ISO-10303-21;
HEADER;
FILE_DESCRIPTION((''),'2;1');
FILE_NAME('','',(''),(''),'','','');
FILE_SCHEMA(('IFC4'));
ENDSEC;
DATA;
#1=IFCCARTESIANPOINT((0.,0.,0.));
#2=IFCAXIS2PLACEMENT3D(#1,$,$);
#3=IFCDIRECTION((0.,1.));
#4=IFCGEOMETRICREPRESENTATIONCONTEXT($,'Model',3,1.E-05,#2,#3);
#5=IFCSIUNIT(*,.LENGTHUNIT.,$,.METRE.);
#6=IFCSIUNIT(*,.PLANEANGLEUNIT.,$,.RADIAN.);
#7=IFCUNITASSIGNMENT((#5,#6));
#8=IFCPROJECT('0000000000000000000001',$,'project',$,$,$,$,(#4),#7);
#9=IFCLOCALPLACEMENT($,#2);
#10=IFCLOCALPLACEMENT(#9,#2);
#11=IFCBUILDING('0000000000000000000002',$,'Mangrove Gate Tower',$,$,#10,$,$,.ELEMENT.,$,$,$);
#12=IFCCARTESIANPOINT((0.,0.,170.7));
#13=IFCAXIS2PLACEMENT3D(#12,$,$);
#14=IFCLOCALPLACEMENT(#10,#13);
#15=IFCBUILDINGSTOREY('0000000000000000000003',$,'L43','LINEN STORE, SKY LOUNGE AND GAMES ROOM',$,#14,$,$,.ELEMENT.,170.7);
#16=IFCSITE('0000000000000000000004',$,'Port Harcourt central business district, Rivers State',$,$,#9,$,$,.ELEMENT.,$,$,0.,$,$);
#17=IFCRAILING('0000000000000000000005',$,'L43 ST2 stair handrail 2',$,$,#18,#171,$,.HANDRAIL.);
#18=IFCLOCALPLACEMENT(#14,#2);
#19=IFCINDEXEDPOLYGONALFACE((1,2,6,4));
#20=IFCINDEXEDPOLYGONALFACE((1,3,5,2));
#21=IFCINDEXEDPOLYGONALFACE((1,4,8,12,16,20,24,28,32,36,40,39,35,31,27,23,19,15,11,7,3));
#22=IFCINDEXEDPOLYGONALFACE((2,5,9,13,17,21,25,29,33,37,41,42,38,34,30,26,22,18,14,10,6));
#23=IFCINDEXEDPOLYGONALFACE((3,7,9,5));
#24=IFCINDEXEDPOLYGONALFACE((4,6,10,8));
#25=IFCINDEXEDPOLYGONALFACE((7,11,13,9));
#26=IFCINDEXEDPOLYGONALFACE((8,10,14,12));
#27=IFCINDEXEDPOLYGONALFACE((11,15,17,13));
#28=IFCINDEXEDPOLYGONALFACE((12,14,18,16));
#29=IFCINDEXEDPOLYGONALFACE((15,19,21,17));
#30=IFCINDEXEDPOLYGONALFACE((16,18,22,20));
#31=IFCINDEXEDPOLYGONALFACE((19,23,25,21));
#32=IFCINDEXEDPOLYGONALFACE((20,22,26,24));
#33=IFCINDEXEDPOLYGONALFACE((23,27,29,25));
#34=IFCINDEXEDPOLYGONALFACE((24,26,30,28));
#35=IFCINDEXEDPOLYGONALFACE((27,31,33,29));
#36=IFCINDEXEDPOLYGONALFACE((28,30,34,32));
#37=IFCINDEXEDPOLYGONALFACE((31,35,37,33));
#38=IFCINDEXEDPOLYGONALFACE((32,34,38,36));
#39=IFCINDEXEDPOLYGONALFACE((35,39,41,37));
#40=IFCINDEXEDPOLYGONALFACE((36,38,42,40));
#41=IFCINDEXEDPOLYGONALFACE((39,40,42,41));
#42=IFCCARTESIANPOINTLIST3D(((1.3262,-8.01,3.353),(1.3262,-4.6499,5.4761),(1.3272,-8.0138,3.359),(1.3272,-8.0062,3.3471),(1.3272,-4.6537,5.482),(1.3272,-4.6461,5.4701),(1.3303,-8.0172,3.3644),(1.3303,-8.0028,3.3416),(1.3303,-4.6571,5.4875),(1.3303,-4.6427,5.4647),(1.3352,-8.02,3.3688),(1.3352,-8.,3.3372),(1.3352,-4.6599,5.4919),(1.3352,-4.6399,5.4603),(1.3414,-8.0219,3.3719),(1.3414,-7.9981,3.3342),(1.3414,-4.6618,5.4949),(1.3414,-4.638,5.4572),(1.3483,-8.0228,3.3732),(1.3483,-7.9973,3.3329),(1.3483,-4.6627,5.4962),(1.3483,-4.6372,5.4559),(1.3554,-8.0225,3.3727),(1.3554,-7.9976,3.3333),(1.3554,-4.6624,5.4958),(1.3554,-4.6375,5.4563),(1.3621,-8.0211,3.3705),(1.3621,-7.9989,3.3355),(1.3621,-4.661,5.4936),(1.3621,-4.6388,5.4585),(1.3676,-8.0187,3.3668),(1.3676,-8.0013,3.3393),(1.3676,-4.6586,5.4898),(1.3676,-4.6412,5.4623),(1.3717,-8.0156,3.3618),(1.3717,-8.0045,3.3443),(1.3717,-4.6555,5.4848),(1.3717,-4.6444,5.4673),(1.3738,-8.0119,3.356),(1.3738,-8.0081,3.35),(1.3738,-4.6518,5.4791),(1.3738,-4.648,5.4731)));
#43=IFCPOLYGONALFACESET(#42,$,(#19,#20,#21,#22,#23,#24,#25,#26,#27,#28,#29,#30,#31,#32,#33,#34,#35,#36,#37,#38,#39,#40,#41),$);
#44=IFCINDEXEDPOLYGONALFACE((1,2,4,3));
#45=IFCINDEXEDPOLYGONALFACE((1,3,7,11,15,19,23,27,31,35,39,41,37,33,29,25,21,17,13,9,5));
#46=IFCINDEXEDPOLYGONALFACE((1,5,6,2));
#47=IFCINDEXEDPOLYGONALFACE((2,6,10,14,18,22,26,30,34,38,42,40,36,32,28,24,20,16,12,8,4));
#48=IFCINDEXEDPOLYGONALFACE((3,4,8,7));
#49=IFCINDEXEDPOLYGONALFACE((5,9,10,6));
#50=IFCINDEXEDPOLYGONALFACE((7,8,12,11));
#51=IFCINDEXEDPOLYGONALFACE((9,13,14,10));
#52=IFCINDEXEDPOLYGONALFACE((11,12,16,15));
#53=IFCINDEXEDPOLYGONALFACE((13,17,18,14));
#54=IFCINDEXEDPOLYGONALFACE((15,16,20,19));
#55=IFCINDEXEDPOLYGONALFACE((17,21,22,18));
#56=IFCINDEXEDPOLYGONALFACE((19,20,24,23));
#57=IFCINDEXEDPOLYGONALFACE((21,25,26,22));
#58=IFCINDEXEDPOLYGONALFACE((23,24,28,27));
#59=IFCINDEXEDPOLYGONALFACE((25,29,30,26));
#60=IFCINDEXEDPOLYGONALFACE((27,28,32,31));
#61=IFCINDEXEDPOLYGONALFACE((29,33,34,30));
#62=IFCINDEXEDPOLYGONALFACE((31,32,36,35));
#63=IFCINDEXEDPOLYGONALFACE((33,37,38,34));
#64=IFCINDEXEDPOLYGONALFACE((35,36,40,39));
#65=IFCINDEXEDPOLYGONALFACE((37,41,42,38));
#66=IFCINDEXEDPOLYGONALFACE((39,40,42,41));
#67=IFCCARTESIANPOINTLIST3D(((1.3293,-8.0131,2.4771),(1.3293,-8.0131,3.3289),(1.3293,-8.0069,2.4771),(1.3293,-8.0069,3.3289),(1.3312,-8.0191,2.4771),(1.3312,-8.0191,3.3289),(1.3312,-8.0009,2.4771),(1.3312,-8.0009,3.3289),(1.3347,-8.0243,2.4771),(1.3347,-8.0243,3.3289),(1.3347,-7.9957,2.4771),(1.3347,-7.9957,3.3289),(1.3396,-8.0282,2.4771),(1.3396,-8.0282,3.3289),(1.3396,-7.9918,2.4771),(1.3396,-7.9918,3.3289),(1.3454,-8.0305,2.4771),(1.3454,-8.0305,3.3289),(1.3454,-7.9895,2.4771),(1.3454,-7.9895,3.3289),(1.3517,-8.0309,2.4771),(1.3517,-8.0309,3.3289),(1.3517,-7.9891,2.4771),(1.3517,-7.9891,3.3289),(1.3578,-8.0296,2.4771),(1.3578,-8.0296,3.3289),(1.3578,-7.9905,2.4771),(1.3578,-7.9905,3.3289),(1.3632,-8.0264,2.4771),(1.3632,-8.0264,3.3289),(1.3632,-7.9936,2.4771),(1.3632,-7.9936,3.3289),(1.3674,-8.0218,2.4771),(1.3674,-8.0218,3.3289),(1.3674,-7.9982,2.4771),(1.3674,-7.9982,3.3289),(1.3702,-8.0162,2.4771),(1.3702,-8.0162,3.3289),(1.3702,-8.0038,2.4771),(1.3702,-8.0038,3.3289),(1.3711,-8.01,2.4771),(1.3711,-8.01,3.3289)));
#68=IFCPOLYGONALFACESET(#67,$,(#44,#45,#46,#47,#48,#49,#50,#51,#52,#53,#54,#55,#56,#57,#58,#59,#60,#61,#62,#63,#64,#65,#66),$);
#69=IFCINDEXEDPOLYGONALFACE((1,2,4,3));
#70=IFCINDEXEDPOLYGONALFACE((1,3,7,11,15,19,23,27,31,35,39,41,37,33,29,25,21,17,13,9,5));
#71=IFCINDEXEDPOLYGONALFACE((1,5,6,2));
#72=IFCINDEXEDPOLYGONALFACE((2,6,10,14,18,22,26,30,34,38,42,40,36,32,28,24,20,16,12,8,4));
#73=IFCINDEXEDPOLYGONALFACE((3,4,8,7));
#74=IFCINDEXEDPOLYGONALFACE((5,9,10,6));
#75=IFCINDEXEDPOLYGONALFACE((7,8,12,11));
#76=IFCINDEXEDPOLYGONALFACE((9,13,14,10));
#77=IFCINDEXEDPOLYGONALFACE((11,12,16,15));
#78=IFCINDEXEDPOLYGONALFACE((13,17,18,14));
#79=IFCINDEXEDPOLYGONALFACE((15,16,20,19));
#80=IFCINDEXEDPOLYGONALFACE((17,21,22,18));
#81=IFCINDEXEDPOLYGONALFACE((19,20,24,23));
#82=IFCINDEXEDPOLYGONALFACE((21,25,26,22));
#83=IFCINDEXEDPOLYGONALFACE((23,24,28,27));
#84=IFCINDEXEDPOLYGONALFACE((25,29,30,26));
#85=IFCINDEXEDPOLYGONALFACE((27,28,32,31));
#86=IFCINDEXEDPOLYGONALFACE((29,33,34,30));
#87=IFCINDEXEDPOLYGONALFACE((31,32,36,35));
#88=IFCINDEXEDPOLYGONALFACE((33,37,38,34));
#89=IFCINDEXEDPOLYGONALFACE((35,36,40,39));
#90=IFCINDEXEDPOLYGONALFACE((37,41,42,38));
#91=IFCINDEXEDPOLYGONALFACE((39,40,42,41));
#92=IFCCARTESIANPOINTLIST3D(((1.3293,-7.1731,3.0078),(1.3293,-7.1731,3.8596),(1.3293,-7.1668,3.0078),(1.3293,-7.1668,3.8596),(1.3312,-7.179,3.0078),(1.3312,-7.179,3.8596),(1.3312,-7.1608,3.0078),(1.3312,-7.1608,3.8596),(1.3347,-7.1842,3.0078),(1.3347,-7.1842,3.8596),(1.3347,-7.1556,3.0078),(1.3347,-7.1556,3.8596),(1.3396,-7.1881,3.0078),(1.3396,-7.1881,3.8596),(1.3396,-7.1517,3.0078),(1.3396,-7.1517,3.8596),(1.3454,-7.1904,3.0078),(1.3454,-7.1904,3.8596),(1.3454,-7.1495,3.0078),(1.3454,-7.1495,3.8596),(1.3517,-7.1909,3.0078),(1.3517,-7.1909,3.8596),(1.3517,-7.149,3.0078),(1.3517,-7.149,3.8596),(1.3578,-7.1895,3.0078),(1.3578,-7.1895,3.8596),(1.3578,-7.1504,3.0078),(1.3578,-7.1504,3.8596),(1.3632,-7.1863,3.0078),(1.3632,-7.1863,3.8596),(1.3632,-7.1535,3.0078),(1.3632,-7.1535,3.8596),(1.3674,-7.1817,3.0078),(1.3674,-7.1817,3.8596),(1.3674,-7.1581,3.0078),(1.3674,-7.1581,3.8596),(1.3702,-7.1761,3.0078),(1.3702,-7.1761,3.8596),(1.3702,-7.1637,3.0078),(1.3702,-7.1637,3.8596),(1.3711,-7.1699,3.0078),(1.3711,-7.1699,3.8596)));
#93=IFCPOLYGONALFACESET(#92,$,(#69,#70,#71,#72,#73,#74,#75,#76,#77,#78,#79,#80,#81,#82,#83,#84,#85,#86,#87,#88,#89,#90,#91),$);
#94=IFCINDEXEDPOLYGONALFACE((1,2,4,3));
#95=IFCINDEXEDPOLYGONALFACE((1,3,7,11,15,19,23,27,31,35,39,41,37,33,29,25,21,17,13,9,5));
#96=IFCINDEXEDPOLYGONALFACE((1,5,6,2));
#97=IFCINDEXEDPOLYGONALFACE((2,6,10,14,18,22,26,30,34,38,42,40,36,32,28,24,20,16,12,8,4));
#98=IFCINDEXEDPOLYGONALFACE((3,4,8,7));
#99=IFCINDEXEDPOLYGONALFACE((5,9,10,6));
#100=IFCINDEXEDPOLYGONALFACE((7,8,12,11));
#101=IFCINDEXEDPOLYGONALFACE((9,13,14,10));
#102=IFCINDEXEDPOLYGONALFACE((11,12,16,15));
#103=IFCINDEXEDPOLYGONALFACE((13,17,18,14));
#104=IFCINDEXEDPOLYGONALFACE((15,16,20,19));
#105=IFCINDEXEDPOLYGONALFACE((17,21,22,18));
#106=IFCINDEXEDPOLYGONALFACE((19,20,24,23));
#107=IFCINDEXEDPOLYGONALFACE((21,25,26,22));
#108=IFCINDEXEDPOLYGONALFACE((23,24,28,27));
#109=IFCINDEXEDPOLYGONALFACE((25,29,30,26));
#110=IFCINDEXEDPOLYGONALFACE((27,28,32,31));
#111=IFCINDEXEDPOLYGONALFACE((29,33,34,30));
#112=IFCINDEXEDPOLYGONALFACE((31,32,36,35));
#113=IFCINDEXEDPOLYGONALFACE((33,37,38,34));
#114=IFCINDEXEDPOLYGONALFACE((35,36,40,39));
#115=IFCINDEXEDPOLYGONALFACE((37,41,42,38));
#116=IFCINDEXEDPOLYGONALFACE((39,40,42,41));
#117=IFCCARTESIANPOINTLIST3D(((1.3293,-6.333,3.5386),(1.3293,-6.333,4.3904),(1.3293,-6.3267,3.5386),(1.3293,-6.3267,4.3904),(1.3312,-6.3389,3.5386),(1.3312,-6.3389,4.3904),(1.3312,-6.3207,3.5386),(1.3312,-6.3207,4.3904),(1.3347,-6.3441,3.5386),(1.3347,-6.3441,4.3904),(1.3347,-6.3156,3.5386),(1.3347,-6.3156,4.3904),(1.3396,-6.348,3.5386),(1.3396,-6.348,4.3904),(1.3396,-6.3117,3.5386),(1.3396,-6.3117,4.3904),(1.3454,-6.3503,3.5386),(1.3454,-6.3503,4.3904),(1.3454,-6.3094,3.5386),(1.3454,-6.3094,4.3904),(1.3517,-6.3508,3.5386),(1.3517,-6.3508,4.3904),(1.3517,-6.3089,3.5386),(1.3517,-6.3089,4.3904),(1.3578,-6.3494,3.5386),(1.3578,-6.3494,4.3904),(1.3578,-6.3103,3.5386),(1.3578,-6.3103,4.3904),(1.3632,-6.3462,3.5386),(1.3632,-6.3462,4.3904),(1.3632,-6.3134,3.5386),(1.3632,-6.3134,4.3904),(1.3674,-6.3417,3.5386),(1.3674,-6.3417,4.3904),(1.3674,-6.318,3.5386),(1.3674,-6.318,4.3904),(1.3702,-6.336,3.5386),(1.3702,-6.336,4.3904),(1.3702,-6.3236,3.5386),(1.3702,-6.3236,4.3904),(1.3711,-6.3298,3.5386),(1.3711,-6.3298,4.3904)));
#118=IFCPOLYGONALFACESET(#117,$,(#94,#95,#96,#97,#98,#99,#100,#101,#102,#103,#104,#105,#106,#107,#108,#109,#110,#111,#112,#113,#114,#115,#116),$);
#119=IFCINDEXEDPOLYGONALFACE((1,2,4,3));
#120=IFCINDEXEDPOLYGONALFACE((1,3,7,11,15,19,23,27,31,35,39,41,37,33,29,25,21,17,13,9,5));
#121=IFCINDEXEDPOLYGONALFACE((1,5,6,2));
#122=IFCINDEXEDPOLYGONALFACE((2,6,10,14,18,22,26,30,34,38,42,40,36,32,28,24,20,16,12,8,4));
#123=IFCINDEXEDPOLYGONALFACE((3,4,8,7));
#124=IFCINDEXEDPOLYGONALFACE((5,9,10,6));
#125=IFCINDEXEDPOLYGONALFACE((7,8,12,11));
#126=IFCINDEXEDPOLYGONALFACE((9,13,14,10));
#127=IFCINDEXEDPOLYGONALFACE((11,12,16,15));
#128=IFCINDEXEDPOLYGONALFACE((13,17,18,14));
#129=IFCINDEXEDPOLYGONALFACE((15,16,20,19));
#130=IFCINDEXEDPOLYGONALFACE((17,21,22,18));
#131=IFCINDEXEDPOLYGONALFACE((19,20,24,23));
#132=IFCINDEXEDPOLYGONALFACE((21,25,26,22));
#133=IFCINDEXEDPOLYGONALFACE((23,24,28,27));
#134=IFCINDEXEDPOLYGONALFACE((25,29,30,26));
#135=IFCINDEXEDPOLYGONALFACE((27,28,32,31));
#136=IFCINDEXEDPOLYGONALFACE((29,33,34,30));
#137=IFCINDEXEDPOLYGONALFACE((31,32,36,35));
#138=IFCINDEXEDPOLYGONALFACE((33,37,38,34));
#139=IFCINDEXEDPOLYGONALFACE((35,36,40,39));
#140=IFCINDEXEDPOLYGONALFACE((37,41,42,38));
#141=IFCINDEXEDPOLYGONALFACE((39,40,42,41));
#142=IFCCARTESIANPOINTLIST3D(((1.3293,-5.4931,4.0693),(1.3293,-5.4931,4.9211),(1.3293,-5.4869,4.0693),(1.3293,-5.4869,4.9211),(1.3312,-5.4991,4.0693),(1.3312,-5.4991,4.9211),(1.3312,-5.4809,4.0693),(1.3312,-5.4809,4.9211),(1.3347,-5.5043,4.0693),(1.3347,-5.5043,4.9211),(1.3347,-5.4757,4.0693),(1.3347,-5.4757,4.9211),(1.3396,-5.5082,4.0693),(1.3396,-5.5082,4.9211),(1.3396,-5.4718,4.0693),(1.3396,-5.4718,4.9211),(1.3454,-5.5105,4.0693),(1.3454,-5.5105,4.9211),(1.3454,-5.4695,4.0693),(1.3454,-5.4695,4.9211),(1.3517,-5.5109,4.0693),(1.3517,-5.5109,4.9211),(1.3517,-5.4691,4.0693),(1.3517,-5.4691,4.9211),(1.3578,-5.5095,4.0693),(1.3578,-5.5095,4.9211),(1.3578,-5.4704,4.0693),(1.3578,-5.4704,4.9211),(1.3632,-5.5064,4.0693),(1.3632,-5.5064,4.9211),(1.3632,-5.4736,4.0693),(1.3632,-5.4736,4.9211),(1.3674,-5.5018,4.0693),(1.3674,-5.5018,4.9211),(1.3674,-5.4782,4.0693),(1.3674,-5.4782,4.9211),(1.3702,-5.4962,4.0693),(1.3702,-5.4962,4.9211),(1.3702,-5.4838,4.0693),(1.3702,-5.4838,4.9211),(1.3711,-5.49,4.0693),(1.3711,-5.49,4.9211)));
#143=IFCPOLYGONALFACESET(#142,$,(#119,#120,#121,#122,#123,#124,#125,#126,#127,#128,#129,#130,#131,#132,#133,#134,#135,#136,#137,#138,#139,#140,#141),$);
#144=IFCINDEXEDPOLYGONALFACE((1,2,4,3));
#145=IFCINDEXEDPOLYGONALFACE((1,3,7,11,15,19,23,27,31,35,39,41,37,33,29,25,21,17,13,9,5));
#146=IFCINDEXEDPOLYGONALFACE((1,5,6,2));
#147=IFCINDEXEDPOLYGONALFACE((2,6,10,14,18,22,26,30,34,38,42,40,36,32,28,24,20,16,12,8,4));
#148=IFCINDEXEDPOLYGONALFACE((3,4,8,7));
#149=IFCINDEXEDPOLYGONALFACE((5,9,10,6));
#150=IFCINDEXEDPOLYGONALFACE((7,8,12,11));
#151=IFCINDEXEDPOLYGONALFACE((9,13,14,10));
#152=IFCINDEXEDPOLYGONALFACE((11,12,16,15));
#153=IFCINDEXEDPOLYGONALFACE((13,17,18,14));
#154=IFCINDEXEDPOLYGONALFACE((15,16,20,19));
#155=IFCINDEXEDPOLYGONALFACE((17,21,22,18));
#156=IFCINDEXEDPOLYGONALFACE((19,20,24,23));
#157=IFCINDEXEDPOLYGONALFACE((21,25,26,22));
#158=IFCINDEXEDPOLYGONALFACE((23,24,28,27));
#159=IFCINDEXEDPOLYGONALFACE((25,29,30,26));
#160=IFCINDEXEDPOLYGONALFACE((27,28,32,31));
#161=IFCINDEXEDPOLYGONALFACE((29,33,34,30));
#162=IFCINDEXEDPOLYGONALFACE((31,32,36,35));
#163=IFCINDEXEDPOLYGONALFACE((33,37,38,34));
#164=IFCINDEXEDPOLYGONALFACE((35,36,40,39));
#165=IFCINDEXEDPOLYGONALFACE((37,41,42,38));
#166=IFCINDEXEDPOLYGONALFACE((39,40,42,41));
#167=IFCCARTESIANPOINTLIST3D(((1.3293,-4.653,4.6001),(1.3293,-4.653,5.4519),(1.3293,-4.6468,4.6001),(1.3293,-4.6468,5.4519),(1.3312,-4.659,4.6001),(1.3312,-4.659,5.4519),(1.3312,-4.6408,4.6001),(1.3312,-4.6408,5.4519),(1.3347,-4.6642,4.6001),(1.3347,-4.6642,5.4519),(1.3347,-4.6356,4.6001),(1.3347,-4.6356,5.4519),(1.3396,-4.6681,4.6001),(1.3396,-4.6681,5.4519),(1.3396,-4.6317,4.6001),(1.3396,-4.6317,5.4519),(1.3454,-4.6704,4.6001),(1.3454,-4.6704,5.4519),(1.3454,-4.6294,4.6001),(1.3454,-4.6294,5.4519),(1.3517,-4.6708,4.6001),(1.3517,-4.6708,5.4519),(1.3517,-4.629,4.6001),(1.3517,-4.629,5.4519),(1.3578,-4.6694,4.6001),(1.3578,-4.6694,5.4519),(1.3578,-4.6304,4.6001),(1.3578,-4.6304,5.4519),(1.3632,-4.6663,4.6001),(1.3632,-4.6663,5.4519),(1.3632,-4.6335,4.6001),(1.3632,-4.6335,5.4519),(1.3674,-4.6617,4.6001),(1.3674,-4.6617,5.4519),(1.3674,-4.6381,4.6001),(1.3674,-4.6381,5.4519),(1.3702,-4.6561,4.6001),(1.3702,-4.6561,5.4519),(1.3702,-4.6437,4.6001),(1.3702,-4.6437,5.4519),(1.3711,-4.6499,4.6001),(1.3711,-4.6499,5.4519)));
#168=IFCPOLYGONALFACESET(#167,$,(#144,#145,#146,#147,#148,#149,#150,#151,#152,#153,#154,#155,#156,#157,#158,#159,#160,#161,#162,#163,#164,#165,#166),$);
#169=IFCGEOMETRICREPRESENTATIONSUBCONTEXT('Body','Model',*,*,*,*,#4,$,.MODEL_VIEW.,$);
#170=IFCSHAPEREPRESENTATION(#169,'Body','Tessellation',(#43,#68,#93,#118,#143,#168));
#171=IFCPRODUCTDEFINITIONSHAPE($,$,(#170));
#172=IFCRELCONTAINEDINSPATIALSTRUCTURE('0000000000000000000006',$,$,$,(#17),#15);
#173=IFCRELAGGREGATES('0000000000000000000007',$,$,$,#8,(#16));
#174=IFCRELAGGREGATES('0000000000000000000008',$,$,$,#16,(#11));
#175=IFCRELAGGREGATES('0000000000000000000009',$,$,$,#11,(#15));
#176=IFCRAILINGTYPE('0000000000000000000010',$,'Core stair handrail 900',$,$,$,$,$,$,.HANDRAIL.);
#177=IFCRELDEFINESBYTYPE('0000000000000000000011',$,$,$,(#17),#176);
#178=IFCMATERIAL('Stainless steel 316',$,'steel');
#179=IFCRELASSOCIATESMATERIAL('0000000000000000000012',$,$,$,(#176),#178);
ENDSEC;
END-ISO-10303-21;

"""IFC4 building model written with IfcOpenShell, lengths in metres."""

from ifc_helpers import new_model, si_unit, direction, frame, origin, origin_2d, place, context, subcontext, project, spatial, circle, extrude, material, type_object, element, save


model = new_model("IFC4")

# Units and contexts
model_context = context("Model", 3, precision=1e-05, world=origin(), true_north=direction((0.0, 1.0)))
body_context = subcontext(model_context, "Body", "Model", "MODEL_VIEW")
ifc_project = project(units=[si_unit("LENGTHUNIT", "METRE"), si_unit("PLANEANGLEUNIT", "RADIAN")], contexts=[model_context])

# Site, building, storey
site_placement = place(None, origin())
site = spatial("IfcSite", under=ifc_project, at=site_placement, Name="Port Harcourt central business district, Rivers State", CompositionType="ELEMENT", RefElevation=0.0)
building_placement = place(site_placement, origin())
building = spatial("IfcBuilding", under=site, at=building_placement, Name="Mangrove Gate Tower", CompositionType="ELEMENT")
storey_placement = place(building_placement, frame((0.0, 0.0, 170.7)))
storey = spatial("IfcBuildingStorey", under=building, at=storey_placement, Name="L43", Description="LINEN STORE, SKY LOUNGE AND GAMES ROOM", CompositionType="ELEMENT", Elevation=170.7)

# Railing
ifc_material_1 = material(Name="Stainless steel 316", Category="steel")
railing_type_1 = type_object("IfcRailingType", Name="Core stair handrail 900", PredefinedType="HANDRAIL", material=ifc_material_1)
railing_1_placement = place(storey_placement, frame((1.3501, -8.01, 2.4771)))
element("IfcRailing", 1, at=railing_1_placement, inside=storey, type_object=railing_type_1, Name="L43 ST2 stair handrail 2", PredefinedType="HANDRAIL", context=body_context, shape_type="SweptSolid", body=[
    extrude(circle(Radius=0.0239, at=origin_2d()), frame((0.0, 0.0, 0.876), z_axis=(0.0, 0.84539, 0.53415), x_axis=(-1.0, 0.0, 0.0)), (0.0, 0.0, 1.0), 3.9746),
    extrude(circle(Radius=0.021, at=origin_2d()), origin(), (0.0, 0.0, 1.0), 0.8518),
    extrude(circle(Radius=0.021, at=origin_2d()), frame((0.0, 0.8401, 0.5308)), (0.0, 0.0, 1.0), 0.8518),
    extrude(circle(Radius=0.021, at=origin_2d()), frame((0.0, 1.6802, 1.0615)), (0.0, 0.0, 1.0), 0.8518),
    extrude(circle(Radius=0.021, at=origin_2d()), frame((0.0, 2.52, 1.5923)), (0.0, 0.0, 1.0), 0.8518),
    extrude(circle(Radius=0.021, at=origin_2d()), frame((0.0, 3.3601, 2.123)), (0.0, 0.0, 1.0), 0.8518),
])

save(model, "model.ifc")
